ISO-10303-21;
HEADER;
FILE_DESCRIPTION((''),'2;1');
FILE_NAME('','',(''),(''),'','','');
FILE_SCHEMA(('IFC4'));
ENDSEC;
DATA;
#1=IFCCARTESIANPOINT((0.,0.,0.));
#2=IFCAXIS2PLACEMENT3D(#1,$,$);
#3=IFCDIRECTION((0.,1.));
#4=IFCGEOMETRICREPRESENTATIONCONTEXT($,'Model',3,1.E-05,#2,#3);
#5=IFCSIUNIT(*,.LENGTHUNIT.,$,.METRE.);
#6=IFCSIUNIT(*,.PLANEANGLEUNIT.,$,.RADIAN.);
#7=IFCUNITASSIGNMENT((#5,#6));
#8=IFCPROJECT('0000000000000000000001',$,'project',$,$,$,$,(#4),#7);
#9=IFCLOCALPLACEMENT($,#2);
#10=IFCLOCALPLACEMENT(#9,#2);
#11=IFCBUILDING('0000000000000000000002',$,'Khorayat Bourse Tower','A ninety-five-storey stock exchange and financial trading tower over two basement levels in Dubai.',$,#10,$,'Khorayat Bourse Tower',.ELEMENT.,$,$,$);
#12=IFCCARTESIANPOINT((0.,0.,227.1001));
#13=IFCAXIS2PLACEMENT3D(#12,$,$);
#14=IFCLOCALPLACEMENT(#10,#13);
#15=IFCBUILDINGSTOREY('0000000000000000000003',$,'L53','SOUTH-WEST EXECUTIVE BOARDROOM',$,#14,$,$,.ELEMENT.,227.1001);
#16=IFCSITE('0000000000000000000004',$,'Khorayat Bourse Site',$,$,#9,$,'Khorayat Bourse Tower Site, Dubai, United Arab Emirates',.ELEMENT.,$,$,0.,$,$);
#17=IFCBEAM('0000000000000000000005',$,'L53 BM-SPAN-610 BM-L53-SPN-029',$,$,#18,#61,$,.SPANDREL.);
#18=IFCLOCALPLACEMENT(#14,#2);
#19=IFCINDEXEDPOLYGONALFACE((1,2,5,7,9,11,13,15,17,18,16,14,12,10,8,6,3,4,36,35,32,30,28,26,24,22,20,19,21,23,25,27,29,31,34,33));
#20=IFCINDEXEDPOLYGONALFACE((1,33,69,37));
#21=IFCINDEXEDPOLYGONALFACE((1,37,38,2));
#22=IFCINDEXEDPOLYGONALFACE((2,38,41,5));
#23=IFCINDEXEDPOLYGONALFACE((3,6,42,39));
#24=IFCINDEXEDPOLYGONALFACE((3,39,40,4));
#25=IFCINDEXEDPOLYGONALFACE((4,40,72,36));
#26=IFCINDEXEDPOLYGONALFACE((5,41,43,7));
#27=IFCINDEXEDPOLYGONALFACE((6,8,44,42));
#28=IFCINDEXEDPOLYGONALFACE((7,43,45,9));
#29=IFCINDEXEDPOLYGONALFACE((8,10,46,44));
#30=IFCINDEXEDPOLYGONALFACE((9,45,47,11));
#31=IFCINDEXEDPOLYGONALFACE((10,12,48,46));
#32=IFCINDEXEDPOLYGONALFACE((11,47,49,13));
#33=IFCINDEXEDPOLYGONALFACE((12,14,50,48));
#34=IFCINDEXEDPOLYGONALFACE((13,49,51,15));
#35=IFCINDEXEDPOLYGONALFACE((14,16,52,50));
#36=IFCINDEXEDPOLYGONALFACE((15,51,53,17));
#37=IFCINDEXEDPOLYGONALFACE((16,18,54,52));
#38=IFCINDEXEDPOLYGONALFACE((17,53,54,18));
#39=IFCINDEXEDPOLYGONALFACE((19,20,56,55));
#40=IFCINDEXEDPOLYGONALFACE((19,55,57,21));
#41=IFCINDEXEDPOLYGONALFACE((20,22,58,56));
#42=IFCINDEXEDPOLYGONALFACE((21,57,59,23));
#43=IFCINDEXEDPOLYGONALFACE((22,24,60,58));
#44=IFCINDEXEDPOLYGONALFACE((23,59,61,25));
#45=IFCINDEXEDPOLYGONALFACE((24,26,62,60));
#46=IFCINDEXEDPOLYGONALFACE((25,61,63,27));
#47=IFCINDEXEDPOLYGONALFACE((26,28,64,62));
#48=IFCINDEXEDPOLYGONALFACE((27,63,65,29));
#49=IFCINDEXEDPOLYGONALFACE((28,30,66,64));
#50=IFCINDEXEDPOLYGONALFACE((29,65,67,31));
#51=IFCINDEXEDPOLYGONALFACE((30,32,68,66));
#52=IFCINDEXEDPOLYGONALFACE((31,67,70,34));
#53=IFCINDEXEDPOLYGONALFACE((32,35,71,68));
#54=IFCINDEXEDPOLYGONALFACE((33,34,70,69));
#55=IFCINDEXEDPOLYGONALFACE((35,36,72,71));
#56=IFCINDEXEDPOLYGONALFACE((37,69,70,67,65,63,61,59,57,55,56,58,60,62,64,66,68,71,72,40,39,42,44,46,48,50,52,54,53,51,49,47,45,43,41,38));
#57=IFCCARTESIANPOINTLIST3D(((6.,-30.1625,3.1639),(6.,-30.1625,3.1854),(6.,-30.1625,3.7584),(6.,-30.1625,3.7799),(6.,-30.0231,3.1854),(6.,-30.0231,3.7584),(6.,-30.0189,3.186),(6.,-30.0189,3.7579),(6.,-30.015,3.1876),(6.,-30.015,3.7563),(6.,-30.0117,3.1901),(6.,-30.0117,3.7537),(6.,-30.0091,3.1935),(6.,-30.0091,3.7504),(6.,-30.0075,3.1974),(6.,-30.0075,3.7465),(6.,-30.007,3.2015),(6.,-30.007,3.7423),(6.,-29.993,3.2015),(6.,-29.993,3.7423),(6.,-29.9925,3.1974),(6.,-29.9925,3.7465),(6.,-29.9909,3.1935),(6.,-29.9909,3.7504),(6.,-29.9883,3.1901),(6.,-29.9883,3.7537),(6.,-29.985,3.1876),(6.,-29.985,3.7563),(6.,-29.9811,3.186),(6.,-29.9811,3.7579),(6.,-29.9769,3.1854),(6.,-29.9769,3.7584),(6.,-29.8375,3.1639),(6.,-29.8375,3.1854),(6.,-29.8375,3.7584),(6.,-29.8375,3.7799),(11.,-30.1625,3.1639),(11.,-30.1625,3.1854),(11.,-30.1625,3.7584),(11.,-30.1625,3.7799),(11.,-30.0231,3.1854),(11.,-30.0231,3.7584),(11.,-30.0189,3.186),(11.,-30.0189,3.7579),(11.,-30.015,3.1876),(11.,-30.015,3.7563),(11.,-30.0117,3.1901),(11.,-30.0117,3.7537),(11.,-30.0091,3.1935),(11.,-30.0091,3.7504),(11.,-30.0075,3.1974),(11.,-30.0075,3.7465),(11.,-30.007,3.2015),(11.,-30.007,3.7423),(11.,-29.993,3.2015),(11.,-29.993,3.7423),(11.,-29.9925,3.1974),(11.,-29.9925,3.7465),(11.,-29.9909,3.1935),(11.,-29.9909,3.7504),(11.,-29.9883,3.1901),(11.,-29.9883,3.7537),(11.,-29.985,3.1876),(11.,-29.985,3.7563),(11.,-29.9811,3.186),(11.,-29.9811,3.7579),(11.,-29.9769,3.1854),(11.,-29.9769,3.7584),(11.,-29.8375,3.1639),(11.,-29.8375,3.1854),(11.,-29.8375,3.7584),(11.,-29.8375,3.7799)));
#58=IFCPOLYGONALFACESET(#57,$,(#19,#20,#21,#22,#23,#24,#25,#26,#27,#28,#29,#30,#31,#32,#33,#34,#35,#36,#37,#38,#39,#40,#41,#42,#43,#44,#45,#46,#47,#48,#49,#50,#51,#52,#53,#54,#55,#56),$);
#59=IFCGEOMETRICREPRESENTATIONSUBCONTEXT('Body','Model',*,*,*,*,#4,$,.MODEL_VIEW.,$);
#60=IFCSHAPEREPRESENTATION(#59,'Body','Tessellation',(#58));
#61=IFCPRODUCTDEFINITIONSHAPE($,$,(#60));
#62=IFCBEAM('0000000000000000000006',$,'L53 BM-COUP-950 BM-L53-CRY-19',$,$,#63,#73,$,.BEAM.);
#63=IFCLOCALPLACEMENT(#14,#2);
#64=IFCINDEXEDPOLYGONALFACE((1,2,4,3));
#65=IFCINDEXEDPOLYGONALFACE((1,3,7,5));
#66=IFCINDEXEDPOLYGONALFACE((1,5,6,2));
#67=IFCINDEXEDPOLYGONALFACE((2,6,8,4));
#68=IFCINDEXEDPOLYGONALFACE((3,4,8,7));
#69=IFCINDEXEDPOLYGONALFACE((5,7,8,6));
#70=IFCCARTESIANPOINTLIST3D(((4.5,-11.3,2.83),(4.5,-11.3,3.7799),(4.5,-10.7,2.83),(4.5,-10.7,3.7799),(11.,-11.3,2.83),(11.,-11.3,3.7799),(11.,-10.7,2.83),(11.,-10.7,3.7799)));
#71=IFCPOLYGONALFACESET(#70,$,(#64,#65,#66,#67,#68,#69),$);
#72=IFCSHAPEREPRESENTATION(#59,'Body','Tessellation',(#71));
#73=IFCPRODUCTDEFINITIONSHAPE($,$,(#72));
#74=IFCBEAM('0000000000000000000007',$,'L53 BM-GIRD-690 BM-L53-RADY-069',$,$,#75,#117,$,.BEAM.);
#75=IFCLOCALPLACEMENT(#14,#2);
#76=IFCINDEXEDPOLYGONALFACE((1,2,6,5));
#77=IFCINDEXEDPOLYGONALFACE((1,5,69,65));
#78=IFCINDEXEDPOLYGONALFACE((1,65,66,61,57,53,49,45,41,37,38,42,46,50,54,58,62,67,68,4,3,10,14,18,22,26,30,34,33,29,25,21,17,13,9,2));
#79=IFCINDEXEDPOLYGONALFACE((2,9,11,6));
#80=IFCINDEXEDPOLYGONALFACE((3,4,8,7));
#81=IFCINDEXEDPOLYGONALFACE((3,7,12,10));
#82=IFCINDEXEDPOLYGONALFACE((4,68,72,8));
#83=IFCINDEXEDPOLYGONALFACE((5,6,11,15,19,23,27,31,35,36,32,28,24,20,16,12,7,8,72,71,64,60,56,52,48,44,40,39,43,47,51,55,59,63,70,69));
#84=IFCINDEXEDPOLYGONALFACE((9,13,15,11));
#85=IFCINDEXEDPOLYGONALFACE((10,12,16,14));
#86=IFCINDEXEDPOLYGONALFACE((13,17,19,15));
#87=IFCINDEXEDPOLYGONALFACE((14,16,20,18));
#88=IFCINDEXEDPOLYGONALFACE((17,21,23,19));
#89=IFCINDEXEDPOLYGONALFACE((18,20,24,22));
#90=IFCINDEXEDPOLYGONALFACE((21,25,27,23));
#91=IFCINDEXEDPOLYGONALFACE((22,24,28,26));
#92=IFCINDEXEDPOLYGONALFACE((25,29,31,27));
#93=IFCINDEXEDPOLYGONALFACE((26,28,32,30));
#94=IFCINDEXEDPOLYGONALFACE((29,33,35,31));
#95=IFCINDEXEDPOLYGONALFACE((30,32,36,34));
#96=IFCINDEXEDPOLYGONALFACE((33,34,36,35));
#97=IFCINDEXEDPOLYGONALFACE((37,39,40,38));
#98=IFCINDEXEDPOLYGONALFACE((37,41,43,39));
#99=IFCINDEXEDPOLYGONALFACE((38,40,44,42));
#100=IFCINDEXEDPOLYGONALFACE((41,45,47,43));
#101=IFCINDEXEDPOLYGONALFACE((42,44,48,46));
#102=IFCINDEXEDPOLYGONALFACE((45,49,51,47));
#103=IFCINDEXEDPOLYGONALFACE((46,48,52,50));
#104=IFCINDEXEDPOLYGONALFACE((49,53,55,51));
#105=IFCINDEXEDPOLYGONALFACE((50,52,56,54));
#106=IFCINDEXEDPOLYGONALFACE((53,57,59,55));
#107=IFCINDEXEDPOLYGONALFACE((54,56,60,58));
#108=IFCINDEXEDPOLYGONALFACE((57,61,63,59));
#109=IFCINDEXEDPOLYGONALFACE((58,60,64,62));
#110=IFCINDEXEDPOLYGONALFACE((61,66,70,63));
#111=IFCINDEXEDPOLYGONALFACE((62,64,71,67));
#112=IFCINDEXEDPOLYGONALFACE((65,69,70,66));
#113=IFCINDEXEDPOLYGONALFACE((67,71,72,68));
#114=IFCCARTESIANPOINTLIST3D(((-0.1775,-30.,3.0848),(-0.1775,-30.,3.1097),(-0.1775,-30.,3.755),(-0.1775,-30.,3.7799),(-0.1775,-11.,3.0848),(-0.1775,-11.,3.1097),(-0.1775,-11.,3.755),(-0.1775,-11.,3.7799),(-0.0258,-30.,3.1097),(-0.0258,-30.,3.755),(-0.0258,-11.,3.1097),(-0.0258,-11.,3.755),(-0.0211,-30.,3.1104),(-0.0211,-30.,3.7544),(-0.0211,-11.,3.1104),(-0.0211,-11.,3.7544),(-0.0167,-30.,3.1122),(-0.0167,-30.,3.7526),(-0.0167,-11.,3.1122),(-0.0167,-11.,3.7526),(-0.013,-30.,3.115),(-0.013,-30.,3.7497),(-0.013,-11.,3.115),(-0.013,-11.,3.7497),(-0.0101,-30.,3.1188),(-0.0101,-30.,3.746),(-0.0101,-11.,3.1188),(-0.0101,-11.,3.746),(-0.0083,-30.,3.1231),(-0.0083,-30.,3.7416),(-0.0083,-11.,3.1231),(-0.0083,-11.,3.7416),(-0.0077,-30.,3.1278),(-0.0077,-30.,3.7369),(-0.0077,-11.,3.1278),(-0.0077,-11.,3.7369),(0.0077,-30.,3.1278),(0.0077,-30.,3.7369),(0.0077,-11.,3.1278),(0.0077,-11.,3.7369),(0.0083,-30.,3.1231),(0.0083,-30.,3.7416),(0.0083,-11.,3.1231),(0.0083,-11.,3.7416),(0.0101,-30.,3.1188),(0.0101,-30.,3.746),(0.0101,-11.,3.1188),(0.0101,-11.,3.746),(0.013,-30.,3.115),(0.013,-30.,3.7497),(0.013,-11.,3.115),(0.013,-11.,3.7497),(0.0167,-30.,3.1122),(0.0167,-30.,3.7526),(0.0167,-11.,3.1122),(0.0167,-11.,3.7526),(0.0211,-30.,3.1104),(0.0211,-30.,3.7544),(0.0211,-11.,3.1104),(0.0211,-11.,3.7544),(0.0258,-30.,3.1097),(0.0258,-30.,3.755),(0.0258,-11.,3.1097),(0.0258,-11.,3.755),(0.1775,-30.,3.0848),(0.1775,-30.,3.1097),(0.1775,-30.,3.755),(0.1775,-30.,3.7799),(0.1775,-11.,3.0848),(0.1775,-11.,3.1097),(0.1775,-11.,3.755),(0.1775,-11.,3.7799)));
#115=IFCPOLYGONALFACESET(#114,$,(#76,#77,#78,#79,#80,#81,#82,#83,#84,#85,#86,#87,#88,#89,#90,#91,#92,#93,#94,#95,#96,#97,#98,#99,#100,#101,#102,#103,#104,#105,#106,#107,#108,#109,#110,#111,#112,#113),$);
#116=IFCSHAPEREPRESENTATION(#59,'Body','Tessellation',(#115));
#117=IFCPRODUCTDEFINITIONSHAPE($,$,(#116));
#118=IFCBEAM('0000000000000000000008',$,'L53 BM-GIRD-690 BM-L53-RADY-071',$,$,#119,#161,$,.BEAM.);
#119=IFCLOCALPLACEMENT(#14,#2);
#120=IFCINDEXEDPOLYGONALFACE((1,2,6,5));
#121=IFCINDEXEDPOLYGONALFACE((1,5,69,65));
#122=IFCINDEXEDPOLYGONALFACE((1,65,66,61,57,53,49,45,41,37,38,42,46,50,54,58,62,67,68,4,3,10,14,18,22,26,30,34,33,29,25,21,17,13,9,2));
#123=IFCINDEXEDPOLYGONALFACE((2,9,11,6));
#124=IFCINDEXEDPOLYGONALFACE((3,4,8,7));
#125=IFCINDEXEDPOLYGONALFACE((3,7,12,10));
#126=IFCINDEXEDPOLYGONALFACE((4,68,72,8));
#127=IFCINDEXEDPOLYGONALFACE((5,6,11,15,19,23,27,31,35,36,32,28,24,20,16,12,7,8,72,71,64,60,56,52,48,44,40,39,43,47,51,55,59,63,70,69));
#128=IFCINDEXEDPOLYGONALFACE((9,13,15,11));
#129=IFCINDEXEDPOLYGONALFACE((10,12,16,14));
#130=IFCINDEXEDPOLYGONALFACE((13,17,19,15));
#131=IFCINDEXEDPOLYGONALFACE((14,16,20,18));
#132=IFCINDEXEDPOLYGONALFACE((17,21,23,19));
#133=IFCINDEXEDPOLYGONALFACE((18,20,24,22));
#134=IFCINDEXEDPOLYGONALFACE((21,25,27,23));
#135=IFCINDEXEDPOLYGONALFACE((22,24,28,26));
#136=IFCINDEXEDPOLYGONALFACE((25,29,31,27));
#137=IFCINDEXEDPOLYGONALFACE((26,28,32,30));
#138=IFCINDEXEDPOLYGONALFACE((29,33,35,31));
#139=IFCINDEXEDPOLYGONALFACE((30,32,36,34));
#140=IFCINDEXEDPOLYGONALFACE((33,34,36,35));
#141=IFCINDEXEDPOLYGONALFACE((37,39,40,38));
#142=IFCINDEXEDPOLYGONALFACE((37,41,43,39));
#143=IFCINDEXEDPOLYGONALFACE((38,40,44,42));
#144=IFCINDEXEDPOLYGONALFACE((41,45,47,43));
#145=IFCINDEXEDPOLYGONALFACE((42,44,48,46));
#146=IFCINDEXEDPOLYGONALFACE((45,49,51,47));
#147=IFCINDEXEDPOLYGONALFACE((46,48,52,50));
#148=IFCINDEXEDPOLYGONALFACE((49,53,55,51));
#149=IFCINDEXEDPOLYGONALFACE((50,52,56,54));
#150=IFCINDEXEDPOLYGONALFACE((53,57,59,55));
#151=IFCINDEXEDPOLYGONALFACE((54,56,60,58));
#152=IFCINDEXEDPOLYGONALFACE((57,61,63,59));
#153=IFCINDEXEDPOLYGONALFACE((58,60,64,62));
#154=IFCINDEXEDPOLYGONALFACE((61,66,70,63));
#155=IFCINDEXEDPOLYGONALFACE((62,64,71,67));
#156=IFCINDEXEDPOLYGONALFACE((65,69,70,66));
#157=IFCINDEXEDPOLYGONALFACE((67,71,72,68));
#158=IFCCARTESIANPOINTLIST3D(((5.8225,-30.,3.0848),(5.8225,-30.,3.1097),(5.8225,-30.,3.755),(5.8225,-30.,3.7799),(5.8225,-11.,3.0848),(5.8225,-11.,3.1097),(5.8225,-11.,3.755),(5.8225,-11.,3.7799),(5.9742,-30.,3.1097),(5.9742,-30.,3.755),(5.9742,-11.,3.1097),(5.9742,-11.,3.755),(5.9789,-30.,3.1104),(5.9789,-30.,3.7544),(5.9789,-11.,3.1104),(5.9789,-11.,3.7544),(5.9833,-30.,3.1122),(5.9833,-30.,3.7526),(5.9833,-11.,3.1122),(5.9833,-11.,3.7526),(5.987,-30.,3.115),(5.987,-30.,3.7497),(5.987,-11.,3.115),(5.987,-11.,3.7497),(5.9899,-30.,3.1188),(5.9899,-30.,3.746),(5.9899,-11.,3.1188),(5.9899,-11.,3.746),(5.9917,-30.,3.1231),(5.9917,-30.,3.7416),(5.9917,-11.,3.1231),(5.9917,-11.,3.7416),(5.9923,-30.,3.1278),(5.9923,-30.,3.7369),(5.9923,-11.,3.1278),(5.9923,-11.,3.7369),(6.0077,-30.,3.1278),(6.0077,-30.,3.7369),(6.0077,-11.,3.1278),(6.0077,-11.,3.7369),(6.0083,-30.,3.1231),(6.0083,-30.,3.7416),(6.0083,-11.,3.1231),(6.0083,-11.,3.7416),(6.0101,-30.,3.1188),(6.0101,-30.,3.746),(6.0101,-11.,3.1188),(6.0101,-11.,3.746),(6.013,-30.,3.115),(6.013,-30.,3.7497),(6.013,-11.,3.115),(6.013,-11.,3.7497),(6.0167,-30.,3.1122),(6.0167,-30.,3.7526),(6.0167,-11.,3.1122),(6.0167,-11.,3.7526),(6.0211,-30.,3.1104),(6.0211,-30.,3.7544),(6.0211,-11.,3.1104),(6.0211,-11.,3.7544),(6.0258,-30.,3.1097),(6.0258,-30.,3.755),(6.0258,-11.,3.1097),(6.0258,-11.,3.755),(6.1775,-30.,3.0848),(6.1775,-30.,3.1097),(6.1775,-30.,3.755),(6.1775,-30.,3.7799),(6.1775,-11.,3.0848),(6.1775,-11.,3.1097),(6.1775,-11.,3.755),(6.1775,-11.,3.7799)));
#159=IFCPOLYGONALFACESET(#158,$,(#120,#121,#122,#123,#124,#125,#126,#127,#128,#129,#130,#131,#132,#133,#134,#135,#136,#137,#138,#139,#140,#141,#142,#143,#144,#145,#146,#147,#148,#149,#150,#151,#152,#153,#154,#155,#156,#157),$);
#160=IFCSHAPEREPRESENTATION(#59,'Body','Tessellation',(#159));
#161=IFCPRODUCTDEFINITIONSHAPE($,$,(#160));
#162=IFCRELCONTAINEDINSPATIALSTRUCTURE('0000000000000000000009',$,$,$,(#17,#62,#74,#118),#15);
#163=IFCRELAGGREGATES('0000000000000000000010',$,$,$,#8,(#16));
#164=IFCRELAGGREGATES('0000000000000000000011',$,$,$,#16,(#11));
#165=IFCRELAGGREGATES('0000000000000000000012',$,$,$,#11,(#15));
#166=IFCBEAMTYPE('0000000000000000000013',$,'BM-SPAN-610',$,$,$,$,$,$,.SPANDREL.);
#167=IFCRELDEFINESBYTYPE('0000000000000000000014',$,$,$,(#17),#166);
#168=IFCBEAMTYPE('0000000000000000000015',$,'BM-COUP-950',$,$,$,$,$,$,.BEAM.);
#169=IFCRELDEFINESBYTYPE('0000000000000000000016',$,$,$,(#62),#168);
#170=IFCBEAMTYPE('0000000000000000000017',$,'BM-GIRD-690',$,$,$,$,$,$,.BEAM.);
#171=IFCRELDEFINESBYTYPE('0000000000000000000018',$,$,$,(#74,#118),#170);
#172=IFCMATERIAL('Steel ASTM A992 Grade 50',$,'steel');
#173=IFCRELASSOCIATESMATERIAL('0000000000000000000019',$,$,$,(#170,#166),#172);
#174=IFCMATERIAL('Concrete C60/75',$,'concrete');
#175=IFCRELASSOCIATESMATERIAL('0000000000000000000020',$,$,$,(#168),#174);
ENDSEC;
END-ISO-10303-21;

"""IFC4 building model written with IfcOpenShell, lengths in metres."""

from ifc_helpers import new_model, si_unit, direction, frame, origin, origin_2d, place, context, subcontext, project, spatial, rectangle, i_section, extrude, source, transform, mapped, material, material_profile, profile_set, type_object, element, save


model = new_model("IFC4")

# Units and contexts
model_context = context("Model", 3, precision=1e-05, world=origin(), true_north=direction((0.0, 1.0)))
body_context = subcontext(model_context, "Body", "Model", "MODEL_VIEW")
ifc_project = project(units=[si_unit("LENGTHUNIT", "METRE"), si_unit("PLANEANGLEUNIT", "RADIAN")], contexts=[model_context])

# Site, building, storey
site_placement = place(None, origin())
site = spatial("IfcSite", under=ifc_project, at=site_placement, Name="Khorayat Bourse Site", LongName="Khorayat Bourse Tower Site, Dubai, United Arab Emirates", CompositionType="ELEMENT", RefElevation=0.0)
building_placement = place(site_placement, origin())
building = spatial("IfcBuilding", under=site, at=building_placement, Name="Khorayat Bourse Tower", Description="A ninety-five-storey stock exchange and financial trading tower over two basement levels in Dubai.", LongName="Khorayat Bourse Tower", CompositionType="ELEMENT")
storey_placement = place(building_placement, frame((0.0, 0.0, 227.1001)))
storey = spatial("IfcBuildingStorey", under=building, at=storey_placement, Name="L53", Description="SOUTH-WEST EXECUTIVE BOARDROOM", CompositionType="ELEMENT", Elevation=227.1001)

# Shared definitions
ifc_material_1 = material(Name="Concrete C60/75", Category="concrete")

# Beams
ifc_material_2 = material(Name="Steel ASTM A992 Grade 50", Category="steel")
ifc_material_profile_1 = material_profile(ifc_material_2, i_section(OverallWidth=0.355, OverallDepth=0.6951, WebThickness=0.0154, FlangeThickness=0.0249, FilletRadius=0.0181, at=origin_2d()), Name="W690X217")
ifc_profile_set_1 = profile_set([ifc_material_profile_1], Name="Steel ASTM A992 Grade 50")
beam_type_1 = type_object("IfcBeamType", Name="BM-GIRD-690", PredefinedType="BEAM", material=ifc_profile_set_1)
ifc_material_profile_2 = material_profile(ifc_material_2, i_section(OverallWidth=0.325, OverallDepth=0.616, WebThickness=0.0139, FlangeThickness=0.0215, FilletRadius=0.0161, at=origin_2d()), Name="W610X174")
ifc_profile_set_2 = profile_set([ifc_material_profile_2], Name="Steel ASTM A992 Grade 50")
beam_type_2 = type_object("IfcBeamType", Name="BM-SPAN-610", PredefinedType="SPANDREL", material=ifc_profile_set_2)
shared_shape_1 = source(origin(), body_context, "Body", "SweptSolid", [
    extrude(i_section(OverallWidth=0.325, OverallDepth=0.616, WebThickness=0.0139, FlangeThickness=0.0215, FilletRadius=0.0161, at=origin_2d()), origin(), (0.0, 0.0, 1.0), 5.0),
])
beam_1_placement = place(storey_placement, frame((6.0, -30.0, 3.4719), z_axis=(1.0, 0.0, 0.0), x_axis=(0.0, 1.0, 0.0)))
element("IfcBeam", 1, at=beam_1_placement, inside=storey, type_object=beam_type_2, Name="L53 BM-SPAN-610 BM-L53-SPN-029", PredefinedType="SPANDREL", context=body_context, shape_type="MappedRepresentation", body=[
    mapped(shared_shape_1, transform((0.0, 0.0, 0.0), scale=1.0)),
])
ifc_material_profile_3 = material_profile(ifc_material_1, rectangle(XDim=0.6001, YDim=0.95, at=origin_2d()), Name="RC 600x950")
ifc_profile_set_3 = profile_set([ifc_material_profile_3], Name="Concrete C60/75")
beam_type_3 = type_object("IfcBeamType", Name="BM-COUP-950", PredefinedType="BEAM", material=ifc_profile_set_3)
shared_shape_2 = source(origin(), body_context, "Body", "SweptSolid", [
    extrude(rectangle(XDim=0.6001, YDim=0.95, at=origin_2d()), origin(), (0.0, 0.0, 1.0), 6.5),
])
beam_2_placement = place(storey_placement, frame((4.5, -11.0, 3.3049), z_axis=(1.0, 0.0, 0.0), x_axis=(0.0, 1.0, 0.0)))
element("IfcBeam", 2, at=beam_2_placement, inside=storey, type_object=beam_type_3, Name="L53 BM-COUP-950 BM-L53-CRY-19", PredefinedType="BEAM", context=body_context, shape_type="MappedRepresentation", body=[
    mapped(shared_shape_2, transform((0.0, 0.0, 0.0), scale=1.0)),
])
shared_shape_3 = source(origin(), body_context, "Body", "SweptSolid", [
    extrude(i_section(OverallWidth=0.355, OverallDepth=0.6951, WebThickness=0.0154, FlangeThickness=0.0249, FilletRadius=0.0181, at=origin_2d()), origin(), (0.0, 0.0, 1.0), 19.0),
])
for number, where, z_axis, x_axis, name in (
    (3, (0.0, -30.0, 3.4324), (0.0, 1.0, 0.0), (-1.0, 0.0, 0.0), "L53 BM-GIRD-690 BM-L53-RADY-069"),
    (4, (6.0, -30.0, 3.4324), (0.0, 1.0, 0.0), (-1.0, 0.0, 0.0), "L53 BM-GIRD-690 BM-L53-RADY-071"),
):
    element("IfcBeam", number, at=place(storey_placement, frame(where, z_axis=z_axis, x_axis=x_axis)), inside=storey, type_object=beam_type_1, Name=name, PredefinedType="BEAM", context=body_context, shape_type="MappedRepresentation", body=[
        mapped(shared_shape_3, transform((0.0, 0.0, 0.0), scale=1.0)),
    ])

save(model, "model.ifc")
